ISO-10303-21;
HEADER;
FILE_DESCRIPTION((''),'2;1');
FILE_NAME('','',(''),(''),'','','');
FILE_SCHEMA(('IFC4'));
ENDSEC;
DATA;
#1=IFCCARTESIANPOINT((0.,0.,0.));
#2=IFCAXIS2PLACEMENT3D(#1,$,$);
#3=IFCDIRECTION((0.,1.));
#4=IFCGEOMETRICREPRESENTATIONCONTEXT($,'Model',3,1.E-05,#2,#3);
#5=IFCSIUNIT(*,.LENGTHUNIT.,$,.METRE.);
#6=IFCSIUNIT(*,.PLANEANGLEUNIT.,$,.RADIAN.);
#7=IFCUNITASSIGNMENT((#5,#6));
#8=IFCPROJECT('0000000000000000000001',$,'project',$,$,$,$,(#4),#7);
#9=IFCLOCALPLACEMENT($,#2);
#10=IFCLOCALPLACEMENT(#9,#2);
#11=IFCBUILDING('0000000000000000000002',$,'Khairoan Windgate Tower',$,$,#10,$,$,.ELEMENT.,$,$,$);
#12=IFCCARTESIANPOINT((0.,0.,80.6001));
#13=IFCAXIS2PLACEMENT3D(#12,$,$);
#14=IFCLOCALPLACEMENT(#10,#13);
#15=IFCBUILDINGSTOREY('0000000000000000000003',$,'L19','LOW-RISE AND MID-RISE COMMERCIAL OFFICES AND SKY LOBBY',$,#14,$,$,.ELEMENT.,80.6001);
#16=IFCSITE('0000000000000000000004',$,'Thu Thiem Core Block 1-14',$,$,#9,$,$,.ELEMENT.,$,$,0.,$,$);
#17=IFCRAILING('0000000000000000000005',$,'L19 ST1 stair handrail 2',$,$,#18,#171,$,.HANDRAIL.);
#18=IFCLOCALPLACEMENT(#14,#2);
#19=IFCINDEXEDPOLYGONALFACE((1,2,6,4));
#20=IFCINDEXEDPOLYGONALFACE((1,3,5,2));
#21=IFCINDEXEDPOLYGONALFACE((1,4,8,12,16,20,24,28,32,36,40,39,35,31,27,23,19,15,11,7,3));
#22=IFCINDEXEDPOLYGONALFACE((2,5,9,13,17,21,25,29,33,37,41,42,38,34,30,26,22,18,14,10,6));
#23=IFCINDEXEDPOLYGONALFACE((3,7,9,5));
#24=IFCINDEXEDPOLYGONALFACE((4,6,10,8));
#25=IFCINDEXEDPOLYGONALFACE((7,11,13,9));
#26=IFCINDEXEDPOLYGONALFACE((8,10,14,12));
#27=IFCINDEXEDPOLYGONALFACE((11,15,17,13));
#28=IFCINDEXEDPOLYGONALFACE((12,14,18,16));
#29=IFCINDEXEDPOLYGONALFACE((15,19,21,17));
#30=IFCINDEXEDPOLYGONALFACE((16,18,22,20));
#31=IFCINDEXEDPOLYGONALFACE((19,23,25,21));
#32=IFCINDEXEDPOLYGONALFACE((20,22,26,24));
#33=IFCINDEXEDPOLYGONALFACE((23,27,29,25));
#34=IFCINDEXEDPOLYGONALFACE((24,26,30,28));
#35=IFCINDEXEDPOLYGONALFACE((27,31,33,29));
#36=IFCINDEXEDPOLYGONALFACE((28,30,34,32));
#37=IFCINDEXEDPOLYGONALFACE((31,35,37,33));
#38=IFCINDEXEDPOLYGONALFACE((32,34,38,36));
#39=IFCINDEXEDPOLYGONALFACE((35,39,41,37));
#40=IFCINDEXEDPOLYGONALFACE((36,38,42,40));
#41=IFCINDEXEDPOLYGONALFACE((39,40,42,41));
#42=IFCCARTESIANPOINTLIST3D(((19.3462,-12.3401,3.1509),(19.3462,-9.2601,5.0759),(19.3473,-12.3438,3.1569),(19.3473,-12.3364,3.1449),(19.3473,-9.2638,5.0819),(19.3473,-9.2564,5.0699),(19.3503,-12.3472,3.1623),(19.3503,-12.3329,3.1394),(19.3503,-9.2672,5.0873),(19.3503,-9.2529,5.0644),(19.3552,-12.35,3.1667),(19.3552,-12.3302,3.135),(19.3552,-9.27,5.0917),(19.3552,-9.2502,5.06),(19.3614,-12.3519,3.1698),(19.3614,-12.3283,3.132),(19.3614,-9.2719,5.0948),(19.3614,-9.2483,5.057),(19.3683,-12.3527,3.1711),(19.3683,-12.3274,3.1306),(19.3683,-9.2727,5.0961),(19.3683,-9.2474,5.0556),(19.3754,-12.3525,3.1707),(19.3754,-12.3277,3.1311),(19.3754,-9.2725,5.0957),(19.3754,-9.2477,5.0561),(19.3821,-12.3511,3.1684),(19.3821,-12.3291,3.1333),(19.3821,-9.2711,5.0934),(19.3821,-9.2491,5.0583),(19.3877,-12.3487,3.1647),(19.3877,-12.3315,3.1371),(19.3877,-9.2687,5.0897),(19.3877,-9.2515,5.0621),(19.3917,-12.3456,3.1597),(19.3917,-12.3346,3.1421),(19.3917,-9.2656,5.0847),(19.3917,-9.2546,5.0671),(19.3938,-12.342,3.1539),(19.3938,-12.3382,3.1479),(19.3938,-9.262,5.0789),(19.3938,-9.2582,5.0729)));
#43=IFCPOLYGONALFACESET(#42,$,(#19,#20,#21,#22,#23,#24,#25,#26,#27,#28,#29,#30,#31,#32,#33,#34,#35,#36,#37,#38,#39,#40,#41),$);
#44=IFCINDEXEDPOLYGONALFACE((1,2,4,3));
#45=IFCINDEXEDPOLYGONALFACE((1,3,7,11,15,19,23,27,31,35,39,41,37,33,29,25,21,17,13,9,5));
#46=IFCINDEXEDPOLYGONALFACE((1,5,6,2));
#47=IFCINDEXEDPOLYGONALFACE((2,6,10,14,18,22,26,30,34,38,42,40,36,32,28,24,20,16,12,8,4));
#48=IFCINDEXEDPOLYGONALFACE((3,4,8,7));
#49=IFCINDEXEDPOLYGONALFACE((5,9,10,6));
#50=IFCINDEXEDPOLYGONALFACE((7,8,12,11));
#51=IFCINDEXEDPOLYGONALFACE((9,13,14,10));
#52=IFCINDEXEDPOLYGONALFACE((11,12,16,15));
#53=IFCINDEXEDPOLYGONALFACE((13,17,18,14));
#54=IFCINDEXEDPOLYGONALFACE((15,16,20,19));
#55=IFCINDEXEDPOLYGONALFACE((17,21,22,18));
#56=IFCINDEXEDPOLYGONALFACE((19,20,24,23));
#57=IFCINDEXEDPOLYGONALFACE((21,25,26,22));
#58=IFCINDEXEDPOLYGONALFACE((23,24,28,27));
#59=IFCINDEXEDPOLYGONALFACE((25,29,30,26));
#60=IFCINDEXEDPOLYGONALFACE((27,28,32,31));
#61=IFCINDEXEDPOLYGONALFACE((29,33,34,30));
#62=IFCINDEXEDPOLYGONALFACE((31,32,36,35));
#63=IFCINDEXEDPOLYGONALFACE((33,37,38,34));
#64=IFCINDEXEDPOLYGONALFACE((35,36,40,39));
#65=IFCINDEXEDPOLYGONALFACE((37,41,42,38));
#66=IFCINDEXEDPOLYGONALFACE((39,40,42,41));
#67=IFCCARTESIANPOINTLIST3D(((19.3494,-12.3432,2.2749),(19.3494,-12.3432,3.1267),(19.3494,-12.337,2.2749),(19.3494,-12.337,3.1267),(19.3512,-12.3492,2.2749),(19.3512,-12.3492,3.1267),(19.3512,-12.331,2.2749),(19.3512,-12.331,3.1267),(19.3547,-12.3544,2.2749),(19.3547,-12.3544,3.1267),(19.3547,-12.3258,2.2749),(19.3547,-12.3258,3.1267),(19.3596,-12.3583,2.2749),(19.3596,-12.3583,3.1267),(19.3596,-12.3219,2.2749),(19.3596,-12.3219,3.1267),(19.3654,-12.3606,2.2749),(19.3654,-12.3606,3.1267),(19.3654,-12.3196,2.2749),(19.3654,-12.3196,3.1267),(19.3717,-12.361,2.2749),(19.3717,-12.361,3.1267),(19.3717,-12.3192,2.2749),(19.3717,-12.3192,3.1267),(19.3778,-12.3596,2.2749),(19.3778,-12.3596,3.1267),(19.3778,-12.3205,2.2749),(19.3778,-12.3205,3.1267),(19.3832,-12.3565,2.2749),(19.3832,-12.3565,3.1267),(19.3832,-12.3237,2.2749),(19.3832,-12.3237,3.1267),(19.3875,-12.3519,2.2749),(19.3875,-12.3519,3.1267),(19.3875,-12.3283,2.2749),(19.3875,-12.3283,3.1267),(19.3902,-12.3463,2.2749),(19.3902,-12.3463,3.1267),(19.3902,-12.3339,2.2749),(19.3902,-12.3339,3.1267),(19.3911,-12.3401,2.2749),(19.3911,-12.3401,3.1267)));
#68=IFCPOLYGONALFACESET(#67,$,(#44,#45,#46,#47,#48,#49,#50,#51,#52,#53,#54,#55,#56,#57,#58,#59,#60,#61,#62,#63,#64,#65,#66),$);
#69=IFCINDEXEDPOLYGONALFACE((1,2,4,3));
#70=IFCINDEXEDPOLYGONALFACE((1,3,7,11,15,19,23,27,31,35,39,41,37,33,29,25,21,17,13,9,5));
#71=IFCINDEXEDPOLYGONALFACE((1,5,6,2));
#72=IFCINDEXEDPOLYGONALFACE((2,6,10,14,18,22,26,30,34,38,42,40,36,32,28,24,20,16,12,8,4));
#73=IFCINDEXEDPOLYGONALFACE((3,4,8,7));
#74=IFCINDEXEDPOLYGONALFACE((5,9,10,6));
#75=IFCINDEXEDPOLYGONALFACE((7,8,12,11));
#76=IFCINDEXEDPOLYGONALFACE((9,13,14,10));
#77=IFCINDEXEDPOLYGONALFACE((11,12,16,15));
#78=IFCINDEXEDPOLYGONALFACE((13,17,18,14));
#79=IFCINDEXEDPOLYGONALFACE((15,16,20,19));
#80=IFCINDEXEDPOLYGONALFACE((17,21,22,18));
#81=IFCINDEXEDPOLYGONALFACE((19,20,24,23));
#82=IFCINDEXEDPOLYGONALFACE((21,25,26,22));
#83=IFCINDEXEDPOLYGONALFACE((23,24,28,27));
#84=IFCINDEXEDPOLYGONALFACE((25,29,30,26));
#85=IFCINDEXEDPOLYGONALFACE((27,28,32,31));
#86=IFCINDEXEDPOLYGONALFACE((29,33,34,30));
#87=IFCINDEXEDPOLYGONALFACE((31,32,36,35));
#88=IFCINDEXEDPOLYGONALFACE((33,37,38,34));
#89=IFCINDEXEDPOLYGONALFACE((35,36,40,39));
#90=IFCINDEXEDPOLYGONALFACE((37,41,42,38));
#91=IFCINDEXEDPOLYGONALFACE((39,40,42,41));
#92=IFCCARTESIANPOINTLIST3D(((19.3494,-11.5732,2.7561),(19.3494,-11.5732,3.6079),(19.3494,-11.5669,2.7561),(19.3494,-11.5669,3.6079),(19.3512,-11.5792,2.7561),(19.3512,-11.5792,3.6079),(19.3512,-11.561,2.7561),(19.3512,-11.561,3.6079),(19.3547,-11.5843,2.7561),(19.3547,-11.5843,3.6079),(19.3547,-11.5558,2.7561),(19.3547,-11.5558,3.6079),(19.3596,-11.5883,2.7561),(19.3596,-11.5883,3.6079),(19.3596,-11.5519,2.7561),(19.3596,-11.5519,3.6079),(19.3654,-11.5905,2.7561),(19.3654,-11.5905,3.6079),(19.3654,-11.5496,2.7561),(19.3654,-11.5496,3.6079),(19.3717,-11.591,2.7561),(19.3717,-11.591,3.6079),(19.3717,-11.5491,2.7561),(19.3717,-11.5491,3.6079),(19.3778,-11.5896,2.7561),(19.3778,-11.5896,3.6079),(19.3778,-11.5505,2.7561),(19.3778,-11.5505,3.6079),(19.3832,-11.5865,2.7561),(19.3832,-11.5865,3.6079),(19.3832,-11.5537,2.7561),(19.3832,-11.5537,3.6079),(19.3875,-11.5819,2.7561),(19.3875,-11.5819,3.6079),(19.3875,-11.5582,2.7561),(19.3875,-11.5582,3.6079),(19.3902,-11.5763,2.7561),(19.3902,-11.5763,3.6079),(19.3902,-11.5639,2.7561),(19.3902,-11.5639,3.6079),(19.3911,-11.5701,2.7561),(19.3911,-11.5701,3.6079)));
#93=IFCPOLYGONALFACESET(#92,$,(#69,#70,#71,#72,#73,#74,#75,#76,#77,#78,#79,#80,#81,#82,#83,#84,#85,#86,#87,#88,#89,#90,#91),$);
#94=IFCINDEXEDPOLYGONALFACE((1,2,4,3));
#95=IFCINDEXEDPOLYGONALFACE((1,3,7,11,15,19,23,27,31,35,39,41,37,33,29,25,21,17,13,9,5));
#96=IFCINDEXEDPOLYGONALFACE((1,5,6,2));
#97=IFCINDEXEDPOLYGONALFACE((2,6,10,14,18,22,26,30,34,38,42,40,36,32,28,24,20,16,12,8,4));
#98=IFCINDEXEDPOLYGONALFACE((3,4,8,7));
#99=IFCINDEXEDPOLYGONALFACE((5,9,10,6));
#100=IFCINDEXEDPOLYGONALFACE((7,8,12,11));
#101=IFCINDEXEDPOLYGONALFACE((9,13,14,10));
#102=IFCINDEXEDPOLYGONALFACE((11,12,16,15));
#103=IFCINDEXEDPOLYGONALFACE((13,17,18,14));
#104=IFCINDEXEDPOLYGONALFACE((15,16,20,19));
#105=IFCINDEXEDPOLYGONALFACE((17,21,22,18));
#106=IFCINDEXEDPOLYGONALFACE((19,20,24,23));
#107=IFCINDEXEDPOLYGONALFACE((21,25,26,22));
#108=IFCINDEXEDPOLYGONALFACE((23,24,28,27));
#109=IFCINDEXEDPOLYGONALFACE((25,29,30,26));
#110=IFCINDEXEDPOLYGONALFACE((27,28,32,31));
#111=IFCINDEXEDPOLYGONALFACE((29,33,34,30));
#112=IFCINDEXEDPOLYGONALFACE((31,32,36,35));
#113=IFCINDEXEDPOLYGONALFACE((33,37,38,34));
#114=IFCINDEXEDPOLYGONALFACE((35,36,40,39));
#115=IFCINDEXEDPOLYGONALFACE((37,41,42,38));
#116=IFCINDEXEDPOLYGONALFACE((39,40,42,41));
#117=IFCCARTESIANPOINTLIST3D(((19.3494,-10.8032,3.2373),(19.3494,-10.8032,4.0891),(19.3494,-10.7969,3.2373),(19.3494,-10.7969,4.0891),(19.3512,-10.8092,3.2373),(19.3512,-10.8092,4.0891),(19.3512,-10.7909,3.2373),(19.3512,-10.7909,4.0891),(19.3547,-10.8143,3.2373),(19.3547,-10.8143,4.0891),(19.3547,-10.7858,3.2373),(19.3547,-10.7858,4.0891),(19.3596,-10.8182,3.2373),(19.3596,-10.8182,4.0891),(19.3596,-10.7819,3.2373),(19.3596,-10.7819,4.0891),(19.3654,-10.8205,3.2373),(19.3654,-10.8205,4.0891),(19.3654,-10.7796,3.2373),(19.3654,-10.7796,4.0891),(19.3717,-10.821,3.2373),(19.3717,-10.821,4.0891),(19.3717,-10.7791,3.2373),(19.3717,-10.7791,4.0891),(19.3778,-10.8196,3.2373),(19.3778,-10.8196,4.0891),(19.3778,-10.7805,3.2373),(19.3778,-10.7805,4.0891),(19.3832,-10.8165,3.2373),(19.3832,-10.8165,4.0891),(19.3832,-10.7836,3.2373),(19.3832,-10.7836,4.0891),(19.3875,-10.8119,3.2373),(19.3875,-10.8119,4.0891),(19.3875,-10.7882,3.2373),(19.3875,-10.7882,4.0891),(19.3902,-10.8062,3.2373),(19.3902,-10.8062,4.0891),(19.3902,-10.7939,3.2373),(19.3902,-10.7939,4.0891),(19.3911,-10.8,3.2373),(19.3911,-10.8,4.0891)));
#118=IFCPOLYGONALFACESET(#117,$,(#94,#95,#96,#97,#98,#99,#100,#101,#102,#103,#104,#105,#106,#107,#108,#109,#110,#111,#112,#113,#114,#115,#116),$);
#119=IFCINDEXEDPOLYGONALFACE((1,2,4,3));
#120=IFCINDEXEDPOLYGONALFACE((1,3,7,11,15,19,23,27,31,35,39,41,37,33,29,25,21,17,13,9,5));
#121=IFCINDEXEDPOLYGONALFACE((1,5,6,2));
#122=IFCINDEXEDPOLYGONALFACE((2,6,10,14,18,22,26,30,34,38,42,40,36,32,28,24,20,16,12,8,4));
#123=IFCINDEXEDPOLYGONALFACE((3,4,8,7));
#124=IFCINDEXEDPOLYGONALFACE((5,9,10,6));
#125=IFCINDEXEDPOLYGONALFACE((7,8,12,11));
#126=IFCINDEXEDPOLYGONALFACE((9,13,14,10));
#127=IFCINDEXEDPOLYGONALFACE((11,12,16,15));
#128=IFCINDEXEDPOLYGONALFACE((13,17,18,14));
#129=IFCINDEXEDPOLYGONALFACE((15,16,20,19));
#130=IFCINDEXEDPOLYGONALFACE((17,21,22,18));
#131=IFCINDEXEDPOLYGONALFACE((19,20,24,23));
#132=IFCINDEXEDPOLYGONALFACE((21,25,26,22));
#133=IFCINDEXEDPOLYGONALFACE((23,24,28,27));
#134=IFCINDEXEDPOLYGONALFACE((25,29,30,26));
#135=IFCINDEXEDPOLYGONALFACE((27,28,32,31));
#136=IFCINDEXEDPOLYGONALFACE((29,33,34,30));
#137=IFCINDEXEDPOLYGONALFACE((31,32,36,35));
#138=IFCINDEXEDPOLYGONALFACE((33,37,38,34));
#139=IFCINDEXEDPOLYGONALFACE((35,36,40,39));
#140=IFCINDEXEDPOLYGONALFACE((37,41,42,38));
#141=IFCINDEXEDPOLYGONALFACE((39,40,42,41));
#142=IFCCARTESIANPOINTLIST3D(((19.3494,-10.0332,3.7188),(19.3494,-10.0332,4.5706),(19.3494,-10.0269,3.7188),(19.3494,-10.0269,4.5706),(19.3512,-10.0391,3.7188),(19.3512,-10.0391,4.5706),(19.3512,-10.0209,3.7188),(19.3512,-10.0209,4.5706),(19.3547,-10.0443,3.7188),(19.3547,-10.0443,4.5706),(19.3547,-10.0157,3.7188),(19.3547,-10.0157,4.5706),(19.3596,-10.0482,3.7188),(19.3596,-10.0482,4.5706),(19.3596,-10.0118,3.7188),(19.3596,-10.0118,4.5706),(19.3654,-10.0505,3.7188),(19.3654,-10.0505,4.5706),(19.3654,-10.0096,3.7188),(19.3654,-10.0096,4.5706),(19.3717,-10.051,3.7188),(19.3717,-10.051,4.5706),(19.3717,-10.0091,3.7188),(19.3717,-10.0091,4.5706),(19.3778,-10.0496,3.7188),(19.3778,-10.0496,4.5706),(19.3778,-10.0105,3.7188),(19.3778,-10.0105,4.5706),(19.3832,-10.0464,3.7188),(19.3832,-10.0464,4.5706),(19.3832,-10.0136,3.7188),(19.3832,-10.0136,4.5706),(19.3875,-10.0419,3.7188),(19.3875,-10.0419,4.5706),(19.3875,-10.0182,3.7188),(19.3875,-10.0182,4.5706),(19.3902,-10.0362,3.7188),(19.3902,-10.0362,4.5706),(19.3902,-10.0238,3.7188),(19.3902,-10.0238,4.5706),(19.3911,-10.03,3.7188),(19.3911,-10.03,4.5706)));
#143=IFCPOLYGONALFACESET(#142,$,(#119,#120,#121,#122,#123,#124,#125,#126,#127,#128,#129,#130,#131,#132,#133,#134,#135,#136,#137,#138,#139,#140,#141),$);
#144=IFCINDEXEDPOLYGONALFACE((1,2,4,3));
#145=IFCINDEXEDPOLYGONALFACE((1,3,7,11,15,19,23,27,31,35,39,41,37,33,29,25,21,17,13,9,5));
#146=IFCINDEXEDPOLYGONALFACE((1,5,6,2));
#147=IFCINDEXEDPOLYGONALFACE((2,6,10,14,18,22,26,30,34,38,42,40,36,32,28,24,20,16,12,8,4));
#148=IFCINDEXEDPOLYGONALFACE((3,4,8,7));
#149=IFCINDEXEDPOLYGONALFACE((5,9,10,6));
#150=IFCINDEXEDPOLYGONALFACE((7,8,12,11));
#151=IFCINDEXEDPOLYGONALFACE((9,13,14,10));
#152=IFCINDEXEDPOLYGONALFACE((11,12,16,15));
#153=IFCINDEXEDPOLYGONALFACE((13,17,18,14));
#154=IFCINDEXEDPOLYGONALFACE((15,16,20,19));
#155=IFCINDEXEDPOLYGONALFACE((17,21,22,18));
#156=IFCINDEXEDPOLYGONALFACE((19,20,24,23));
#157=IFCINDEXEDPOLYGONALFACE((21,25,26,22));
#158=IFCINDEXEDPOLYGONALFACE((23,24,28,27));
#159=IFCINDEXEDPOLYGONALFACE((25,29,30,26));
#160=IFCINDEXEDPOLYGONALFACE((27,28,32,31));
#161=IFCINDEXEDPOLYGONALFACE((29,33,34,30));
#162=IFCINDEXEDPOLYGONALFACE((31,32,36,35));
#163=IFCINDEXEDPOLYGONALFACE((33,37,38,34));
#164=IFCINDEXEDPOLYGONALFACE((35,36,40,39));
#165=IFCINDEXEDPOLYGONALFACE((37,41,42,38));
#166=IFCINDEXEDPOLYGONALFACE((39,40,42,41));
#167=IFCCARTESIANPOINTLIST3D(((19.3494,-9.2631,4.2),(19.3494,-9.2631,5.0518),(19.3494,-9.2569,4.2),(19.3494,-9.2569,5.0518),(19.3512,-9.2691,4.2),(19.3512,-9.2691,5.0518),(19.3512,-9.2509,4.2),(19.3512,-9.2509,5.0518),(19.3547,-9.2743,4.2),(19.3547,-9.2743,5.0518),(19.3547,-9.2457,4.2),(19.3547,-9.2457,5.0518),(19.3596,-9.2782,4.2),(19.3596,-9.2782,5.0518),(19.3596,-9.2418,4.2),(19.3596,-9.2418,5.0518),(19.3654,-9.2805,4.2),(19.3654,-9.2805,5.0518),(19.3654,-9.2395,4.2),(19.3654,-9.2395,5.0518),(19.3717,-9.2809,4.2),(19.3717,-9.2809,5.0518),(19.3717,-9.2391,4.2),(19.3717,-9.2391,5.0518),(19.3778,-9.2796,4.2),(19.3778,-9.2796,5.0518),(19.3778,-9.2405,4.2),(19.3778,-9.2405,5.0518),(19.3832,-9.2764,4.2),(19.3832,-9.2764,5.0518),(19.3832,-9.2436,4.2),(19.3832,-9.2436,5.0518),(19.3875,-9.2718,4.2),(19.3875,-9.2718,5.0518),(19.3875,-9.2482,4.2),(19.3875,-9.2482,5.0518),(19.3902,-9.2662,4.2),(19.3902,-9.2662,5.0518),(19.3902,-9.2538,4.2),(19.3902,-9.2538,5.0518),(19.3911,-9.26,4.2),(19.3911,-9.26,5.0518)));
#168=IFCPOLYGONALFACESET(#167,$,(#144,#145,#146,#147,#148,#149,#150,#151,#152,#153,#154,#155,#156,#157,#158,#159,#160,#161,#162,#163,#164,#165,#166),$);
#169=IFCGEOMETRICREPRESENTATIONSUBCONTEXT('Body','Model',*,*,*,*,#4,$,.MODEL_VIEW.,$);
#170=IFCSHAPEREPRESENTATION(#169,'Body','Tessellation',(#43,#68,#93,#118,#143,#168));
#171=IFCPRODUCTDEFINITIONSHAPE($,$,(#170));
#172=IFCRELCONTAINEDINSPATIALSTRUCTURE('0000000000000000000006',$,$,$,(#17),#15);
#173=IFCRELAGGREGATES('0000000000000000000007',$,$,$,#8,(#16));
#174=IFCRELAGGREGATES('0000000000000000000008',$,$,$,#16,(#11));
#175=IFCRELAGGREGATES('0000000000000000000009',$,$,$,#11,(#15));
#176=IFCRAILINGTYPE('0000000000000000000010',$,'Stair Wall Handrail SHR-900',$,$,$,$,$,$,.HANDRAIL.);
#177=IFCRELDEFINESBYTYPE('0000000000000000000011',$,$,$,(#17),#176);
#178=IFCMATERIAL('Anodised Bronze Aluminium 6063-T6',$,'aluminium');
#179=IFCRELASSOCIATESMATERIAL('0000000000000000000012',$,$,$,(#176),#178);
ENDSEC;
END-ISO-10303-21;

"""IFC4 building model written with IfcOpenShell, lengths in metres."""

from ifc_helpers import new_model, si_unit, direction, frame, origin, origin_2d, place, context, subcontext, project, spatial, circle, extrude, material, type_object, element, save


model = new_model("IFC4")

# Units and contexts
model_context = context("Model", 3, precision=1e-05, world=origin(), true_north=direction((0.0, 1.0)))
body_context = subcontext(model_context, "Body", "Model", "MODEL_VIEW")
ifc_project = project(units=[si_unit("LENGTHUNIT", "METRE"), si_unit("PLANEANGLEUNIT", "RADIAN")], contexts=[model_context])

# Site, building, storey
site_placement = place(None, origin())
site = spatial("IfcSite", under=ifc_project, at=site_placement, Name="Thu Thiem Core Block 1-14", CompositionType="ELEMENT", RefElevation=0.0)
building_placement = place(site_placement, origin())
building = spatial("IfcBuilding", under=site, at=building_placement, Name="Khairoan Windgate Tower", CompositionType="ELEMENT")
storey_placement = place(building_placement, frame((0.0, 0.0, 80.6001)))
storey = spatial("IfcBuildingStorey", under=building, at=storey_placement, Name="L19", Description="LOW-RISE AND MID-RISE COMMERCIAL OFFICES AND SKY LOBBY", CompositionType="ELEMENT", Elevation=80.6001)

# Railing
ifc_material_1 = material(Name="Anodised Bronze Aluminium 6063-T6", Category="aluminium")
railing_type_1 = type_object("IfcRailingType", Name="Stair Wall Handrail SHR-900", PredefinedType="HANDRAIL", material=ifc_material_1)
railing_1_placement = place(storey_placement, frame((19.3701, -12.3401, 2.2749)))
element("IfcRailing", 1, at=railing_1_placement, inside=storey, type_object=railing_type_1, Name="L19 ST1 stair handrail 2", PredefinedType="HANDRAIL", context=body_context, shape_type="SweptSolid", body=[
    extrude(circle(Radius=0.0239, at=origin_2d()), frame((0.0, 0.0, 0.876), z_axis=(0.0, 0.847998, 0.529999), x_axis=(-1.0, 0.0, 0.0)), (0.0, 0.0, 1.0), 3.6321),
    extrude(circle(Radius=0.021, at=origin_2d()), origin(), (0.0, 0.0, 1.0), 0.8518),
    extrude(circle(Radius=0.021, at=origin_2d()), frame((0.0, 0.77, 0.4812)), (0.0, 0.0, 1.0), 0.8518),
    extrude(circle(Radius=0.021, at=origin_2d()), frame((0.0, 1.54, 0.9624)), (0.0, 0.0, 1.0), 0.8518),
    extrude(circle(Radius=0.021, at=origin_2d()), frame((0.0, 2.3101, 1.4438)), (0.0, 0.0, 1.0), 0.8518),
    extrude(circle(Radius=0.021, at=origin_2d()), frame((0.0, 3.0801, 1.925)), (0.0, 0.0, 1.0), 0.8518),
])

save(model, "model.ifc")
